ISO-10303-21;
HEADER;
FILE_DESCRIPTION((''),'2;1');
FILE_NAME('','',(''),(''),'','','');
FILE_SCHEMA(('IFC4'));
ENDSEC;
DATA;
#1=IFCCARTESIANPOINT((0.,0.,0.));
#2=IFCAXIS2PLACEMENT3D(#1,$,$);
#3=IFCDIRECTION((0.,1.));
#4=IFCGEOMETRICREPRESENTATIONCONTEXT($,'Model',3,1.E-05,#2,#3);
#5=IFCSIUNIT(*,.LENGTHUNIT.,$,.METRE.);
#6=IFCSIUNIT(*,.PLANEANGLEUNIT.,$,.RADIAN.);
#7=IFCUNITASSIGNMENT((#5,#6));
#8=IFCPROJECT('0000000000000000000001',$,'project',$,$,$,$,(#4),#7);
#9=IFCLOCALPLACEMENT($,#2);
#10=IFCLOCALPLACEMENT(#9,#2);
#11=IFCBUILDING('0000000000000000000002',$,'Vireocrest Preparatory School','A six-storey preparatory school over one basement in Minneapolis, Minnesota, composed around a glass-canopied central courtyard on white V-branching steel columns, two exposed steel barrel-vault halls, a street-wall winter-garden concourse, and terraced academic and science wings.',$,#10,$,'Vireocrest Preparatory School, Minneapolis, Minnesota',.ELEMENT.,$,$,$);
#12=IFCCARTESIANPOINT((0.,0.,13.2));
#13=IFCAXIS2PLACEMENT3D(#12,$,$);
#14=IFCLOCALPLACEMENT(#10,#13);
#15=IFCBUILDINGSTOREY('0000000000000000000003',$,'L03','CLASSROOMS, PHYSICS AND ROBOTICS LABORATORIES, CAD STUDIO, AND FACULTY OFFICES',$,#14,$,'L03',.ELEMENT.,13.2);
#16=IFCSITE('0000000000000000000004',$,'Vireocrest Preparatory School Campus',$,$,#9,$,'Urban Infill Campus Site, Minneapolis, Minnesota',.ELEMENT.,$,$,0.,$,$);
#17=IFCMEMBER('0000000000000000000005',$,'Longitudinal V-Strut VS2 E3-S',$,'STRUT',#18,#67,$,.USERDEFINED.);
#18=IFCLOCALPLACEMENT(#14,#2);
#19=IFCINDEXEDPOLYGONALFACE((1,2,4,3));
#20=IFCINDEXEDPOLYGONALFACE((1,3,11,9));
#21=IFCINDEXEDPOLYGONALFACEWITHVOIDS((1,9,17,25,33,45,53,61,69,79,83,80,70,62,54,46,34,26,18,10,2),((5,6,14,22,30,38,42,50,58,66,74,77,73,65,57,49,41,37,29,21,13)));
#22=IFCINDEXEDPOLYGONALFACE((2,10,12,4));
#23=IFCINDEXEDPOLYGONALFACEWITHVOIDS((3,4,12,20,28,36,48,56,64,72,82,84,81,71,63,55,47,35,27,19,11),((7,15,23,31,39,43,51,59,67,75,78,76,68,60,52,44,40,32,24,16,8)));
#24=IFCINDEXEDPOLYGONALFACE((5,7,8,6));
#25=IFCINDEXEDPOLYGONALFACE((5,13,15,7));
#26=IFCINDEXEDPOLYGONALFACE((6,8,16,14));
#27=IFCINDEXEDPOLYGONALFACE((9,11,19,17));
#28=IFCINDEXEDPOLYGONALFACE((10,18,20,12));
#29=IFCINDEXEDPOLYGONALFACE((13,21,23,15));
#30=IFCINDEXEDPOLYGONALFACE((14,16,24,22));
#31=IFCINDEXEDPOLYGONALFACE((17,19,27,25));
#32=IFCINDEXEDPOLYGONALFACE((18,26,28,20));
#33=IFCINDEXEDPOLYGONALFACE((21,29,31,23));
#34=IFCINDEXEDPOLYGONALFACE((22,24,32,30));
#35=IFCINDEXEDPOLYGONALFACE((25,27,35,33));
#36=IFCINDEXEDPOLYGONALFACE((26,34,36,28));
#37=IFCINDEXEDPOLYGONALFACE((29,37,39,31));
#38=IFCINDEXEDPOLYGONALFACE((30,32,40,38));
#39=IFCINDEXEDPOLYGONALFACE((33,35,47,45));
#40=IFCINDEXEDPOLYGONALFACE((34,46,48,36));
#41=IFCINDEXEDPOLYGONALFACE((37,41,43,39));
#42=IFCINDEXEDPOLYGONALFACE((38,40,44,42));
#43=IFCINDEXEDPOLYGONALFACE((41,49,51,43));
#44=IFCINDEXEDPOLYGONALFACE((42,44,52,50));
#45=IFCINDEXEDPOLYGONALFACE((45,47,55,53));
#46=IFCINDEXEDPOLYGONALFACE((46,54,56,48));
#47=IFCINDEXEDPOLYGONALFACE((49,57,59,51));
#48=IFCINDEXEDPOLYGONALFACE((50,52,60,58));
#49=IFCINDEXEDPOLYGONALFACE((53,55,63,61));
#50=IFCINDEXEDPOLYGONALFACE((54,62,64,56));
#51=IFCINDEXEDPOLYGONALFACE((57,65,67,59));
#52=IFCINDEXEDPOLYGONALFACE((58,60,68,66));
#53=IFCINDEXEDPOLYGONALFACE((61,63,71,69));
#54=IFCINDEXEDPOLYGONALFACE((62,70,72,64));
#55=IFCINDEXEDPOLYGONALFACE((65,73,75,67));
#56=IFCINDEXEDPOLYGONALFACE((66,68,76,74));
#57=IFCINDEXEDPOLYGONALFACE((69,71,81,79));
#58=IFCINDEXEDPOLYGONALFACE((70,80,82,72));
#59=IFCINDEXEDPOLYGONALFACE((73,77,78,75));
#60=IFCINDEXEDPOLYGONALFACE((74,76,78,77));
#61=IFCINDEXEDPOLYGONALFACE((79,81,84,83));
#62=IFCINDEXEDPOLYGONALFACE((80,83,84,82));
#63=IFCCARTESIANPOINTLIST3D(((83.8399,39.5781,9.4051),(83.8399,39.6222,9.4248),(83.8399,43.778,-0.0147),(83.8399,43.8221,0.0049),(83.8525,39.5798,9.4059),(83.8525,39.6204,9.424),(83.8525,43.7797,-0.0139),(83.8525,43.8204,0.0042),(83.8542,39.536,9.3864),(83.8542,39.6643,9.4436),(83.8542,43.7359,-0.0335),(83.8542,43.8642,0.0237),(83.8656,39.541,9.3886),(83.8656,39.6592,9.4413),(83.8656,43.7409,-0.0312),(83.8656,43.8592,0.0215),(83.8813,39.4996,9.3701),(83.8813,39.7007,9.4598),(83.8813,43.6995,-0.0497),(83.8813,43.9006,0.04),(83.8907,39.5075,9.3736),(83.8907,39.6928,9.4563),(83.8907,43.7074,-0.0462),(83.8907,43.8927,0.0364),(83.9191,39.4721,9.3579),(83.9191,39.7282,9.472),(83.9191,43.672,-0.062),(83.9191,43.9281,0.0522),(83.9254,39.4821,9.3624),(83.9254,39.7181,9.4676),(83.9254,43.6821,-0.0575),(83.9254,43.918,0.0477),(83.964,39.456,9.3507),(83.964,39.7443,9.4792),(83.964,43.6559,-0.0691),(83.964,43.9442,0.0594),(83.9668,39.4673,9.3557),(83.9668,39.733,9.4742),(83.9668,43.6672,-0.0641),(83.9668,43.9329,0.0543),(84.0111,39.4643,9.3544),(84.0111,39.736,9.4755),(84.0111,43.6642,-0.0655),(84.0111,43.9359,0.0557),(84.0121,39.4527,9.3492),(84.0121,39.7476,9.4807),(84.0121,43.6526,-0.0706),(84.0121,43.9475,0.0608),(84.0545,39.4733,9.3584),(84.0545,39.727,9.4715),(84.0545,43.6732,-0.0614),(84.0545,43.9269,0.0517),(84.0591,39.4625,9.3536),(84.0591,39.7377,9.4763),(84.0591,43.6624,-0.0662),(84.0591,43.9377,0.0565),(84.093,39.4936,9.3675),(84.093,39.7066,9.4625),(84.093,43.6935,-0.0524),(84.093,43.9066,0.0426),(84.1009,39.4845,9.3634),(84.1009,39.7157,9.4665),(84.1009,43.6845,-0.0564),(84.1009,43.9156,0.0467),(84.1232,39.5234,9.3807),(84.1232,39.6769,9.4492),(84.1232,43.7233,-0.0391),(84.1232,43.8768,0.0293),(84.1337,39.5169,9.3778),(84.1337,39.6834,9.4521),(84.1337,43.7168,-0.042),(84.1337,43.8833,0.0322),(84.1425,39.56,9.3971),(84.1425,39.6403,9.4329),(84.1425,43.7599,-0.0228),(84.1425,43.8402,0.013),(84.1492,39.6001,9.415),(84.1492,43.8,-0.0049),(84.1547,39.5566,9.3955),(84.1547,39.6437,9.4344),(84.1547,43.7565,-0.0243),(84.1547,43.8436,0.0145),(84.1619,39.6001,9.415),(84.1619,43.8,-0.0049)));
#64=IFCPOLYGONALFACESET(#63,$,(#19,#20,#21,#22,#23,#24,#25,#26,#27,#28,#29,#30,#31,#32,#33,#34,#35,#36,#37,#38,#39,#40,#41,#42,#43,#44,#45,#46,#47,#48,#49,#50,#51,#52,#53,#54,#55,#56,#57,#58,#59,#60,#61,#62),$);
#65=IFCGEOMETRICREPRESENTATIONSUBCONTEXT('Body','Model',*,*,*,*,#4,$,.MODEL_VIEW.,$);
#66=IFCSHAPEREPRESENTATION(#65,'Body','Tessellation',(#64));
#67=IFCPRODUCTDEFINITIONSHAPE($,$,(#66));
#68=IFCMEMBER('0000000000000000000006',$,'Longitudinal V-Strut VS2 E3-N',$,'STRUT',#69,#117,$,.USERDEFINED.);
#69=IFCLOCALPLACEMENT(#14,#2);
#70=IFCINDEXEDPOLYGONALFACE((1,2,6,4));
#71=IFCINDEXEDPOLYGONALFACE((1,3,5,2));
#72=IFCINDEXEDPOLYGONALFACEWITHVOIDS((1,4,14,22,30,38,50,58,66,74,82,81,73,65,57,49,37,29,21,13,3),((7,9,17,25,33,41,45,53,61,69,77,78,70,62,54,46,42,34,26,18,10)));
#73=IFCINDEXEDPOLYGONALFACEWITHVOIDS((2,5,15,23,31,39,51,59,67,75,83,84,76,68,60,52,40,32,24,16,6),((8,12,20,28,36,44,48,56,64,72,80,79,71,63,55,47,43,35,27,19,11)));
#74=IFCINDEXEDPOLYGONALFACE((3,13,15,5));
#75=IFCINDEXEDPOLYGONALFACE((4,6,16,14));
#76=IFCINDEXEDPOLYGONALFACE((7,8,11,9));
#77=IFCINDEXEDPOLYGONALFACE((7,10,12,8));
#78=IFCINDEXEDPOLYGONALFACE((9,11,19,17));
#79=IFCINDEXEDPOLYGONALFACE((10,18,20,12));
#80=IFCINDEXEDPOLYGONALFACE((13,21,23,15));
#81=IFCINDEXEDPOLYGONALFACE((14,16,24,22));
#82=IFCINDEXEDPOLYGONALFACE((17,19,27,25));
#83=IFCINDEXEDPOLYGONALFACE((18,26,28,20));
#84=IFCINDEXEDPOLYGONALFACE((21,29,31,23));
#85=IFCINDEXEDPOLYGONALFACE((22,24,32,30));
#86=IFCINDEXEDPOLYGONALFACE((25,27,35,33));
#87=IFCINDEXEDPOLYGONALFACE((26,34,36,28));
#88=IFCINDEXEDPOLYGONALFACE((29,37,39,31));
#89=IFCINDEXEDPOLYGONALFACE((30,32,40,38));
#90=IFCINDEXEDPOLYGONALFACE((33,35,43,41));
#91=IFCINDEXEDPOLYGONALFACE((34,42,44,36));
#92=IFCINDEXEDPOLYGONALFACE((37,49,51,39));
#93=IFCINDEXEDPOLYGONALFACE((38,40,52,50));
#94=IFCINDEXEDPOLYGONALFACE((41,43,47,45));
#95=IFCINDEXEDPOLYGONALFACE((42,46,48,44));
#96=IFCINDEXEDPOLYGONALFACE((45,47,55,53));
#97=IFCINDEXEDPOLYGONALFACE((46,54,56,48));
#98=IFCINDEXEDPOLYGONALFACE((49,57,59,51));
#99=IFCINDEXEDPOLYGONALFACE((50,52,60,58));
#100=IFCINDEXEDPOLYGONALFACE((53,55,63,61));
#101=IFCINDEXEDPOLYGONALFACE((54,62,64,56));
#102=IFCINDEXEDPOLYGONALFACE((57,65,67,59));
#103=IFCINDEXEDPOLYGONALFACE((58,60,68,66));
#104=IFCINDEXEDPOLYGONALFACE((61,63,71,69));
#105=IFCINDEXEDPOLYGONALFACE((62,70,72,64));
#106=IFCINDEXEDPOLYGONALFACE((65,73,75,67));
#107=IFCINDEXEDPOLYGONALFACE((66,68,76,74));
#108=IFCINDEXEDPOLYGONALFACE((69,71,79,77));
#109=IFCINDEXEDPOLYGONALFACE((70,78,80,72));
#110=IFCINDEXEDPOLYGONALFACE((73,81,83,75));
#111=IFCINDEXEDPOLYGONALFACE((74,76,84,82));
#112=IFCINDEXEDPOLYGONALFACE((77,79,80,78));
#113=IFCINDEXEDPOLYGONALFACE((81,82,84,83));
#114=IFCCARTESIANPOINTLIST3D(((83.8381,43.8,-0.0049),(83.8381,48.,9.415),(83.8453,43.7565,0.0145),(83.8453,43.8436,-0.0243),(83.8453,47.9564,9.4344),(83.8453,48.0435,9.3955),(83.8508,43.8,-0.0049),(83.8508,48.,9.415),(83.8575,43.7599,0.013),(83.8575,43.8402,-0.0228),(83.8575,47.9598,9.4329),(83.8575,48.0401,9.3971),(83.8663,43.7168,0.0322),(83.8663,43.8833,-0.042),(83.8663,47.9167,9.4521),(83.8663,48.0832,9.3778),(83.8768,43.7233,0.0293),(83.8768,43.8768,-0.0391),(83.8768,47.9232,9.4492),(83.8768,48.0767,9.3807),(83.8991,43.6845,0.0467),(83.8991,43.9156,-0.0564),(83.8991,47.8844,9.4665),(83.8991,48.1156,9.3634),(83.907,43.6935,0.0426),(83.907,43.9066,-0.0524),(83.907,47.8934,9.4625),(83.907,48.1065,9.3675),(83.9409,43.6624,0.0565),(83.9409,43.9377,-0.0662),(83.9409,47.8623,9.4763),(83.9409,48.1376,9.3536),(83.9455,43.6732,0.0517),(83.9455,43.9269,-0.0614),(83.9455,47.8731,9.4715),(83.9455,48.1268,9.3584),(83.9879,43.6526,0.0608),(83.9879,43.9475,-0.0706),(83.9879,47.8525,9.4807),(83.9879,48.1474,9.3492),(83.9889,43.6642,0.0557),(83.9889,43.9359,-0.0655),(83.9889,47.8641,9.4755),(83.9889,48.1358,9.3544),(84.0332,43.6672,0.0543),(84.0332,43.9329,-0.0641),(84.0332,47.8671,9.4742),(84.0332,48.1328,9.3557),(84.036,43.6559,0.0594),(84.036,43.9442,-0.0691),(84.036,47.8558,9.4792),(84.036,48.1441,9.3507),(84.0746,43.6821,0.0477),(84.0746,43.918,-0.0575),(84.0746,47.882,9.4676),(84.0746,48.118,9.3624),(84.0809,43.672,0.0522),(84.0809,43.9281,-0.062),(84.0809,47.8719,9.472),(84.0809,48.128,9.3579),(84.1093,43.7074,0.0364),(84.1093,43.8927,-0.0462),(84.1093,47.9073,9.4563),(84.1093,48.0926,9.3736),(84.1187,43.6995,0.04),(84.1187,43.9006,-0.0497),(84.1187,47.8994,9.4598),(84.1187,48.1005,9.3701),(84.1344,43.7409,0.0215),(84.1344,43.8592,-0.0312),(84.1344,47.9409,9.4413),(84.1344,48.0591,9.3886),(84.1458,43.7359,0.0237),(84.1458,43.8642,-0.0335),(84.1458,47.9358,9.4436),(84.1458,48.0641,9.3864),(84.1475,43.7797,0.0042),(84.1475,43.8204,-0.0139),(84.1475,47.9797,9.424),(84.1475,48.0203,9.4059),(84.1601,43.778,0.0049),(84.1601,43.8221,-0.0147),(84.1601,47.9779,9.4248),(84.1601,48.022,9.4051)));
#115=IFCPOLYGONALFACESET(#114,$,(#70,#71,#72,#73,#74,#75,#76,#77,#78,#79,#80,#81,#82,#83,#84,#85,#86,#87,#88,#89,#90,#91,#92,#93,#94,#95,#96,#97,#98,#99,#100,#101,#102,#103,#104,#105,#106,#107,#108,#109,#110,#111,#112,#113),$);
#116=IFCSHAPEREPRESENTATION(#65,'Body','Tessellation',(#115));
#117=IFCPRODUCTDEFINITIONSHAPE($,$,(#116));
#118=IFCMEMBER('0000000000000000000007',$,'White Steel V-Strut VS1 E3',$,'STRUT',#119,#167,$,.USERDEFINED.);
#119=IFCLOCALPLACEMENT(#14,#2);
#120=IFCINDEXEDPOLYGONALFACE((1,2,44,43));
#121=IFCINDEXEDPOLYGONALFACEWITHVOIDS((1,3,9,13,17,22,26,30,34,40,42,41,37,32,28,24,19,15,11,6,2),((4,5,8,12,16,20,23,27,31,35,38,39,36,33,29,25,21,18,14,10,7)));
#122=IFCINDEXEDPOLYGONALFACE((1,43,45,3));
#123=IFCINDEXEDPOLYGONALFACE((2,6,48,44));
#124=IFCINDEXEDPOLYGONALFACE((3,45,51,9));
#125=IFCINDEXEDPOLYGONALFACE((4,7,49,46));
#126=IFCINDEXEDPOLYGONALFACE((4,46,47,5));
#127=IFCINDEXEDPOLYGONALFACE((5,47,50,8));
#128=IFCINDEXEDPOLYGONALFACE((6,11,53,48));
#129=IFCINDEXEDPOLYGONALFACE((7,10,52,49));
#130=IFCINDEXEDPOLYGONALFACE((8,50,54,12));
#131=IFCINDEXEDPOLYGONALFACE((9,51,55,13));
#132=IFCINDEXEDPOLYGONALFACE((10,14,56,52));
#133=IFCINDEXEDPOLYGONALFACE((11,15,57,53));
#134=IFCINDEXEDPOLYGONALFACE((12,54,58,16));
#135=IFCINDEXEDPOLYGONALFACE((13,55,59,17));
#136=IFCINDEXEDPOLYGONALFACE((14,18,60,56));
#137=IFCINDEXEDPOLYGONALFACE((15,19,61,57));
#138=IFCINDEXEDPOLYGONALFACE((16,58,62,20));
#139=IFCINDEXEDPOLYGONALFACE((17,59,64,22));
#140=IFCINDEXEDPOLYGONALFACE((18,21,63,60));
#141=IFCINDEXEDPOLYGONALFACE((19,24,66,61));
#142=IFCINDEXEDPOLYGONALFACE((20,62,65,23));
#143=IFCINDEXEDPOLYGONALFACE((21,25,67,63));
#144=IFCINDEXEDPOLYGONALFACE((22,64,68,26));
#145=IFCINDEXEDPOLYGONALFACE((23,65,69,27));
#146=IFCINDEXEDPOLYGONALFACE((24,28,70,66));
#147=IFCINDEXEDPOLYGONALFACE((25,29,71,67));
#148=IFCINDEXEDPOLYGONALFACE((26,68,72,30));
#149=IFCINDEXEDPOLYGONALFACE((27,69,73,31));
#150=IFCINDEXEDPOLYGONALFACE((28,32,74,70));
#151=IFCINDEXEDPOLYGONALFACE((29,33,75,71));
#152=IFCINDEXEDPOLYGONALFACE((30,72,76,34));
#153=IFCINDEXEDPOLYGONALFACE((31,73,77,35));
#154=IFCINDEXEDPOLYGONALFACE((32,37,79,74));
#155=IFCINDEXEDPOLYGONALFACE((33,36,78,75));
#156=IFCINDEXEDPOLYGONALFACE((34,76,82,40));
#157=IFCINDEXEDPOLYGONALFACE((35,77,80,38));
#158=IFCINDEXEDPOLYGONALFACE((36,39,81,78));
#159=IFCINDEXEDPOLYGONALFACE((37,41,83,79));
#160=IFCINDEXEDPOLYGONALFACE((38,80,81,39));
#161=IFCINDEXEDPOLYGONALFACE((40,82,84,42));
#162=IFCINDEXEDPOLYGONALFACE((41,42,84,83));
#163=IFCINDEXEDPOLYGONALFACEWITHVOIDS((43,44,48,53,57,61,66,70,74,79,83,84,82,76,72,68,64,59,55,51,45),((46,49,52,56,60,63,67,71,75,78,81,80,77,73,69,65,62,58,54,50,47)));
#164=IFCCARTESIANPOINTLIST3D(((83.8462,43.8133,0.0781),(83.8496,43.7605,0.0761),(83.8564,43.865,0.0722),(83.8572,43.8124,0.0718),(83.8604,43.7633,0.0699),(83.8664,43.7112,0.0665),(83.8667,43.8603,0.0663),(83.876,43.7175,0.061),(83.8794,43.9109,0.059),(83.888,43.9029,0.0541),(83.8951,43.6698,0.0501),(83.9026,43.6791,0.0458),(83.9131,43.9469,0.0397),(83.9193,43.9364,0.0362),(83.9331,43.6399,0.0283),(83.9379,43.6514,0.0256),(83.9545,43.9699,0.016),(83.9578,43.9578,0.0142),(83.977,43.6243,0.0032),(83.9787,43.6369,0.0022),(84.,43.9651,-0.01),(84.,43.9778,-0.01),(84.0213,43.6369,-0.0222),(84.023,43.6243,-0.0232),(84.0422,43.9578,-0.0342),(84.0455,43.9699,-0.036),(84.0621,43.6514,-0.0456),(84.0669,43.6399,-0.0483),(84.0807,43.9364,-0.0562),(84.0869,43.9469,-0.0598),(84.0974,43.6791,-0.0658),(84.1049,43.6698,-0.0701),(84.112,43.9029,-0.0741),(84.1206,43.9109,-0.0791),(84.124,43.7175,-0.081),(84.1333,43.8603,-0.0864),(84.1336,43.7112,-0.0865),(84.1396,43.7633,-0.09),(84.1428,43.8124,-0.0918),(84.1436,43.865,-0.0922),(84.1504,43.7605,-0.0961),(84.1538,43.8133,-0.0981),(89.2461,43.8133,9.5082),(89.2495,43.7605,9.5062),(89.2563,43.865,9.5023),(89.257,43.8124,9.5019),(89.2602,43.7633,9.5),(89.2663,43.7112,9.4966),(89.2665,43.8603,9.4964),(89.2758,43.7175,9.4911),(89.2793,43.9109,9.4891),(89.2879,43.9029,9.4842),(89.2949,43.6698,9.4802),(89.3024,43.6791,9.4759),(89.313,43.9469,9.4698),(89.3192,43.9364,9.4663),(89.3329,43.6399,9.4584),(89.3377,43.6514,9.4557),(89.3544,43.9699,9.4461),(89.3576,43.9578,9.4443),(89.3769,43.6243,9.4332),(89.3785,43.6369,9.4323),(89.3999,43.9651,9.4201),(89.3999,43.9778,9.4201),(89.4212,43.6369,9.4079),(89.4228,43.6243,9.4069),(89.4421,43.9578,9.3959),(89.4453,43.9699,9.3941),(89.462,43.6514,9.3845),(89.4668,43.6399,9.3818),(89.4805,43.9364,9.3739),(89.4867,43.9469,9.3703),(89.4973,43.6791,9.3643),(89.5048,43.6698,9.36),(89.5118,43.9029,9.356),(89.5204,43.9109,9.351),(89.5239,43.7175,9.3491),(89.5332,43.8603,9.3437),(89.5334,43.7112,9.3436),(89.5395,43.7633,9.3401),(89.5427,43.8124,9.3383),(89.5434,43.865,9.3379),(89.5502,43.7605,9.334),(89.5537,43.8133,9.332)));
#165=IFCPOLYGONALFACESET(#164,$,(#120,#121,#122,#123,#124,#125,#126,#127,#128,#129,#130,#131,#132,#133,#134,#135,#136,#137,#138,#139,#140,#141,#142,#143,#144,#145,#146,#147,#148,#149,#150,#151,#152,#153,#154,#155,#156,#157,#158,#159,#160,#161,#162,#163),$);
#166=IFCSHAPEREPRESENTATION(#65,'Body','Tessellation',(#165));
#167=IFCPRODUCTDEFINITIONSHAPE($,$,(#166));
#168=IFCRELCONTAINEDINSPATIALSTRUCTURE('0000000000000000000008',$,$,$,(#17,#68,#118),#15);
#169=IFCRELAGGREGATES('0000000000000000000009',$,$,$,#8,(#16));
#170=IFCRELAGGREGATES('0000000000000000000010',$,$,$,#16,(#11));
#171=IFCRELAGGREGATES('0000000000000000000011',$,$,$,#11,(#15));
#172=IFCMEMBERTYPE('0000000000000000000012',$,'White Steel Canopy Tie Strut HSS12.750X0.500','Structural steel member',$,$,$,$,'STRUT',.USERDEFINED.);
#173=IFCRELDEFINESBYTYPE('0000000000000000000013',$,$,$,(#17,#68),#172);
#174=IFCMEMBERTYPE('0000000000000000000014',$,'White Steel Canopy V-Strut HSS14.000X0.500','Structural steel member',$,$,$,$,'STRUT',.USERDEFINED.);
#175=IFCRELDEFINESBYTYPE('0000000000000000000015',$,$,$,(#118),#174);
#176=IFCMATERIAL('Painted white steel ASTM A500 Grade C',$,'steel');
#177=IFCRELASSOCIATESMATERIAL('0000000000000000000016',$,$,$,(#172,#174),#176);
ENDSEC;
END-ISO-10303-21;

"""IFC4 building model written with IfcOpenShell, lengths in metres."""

from ifc_helpers import new_model, si_unit, direction, frame, origin, origin_2d, place, context, subcontext, project, spatial, hollow_circle, extrude, material, material_profile, profile_set, type_object, element, save


model = new_model("IFC4")

# Units and contexts
model_context = context("Model", 3, precision=1e-05, world=origin(), true_north=direction((0.0, 1.0)))
body_context = subcontext(model_context, "Body", "Model", "MODEL_VIEW")
ifc_project = project(units=[si_unit("LENGTHUNIT", "METRE"), si_unit("PLANEANGLEUNIT", "RADIAN")], contexts=[model_context])

# Site, building, storey
site_placement = place(None, origin())
site = spatial("IfcSite", under=ifc_project, at=site_placement, Name="Vireocrest Preparatory School Campus", LongName="Urban Infill Campus Site, Minneapolis, Minnesota", CompositionType="ELEMENT", RefElevation=0.0)
building_placement = place(site_placement, origin())
building = spatial("IfcBuilding", under=site, at=building_placement, Name="Vireocrest Preparatory School", Description="A six-storey preparatory school over one basement in Minneapolis, Minnesota, composed around a glass-canopied central courtyard on white V-branching steel columns, two exposed steel barrel-vault halls, a street-wall winter-garden concourse, and terraced academic and science wings.", LongName="Vireocrest Preparatory School, Minneapolis, Minnesota", CompositionType="ELEMENT")
storey_placement = place(building_placement, frame((0.0, 0.0, 13.2)))
storey = spatial("IfcBuildingStorey", under=building, at=storey_placement, Name="L03", Description="CLASSROOMS, PHYSICS AND ROBOTICS LABORATORIES, CAD STUDIO, AND FACULTY OFFICES", LongName="L03", CompositionType="ELEMENT", Elevation=13.2)

# Members
ifc_material_1 = material(Name="Painted white steel ASTM A500 Grade C", Category="steel")
ifc_material_profile_1 = material_profile(ifc_material_1, hollow_circle(Radius=0.1619, WallThickness=0.0127, at=origin_2d()), Name="HSS12.750X0.500")
ifc_profile_set_1 = profile_set([ifc_material_profile_1], Name="Painted white steel ASTM A500 Grade C")
member_type_1 = type_object("IfcMemberType", Name="White Steel Canopy Tie Strut HSS12.750X0.500", Description="Structural steel member", ElementType="STRUT", PredefinedType="USERDEFINED", material=ifc_profile_set_1)
for number, where, z_axis, x_axis, name in (
    (1, (84.0, 43.8, -0.0049), (0.0, -0.407217, 0.913332), (1.0, 0.0, 0.0), "Longitudinal V-Strut VS2 E3-S"),
    (2, (84.0, 43.8, -0.0049), (0.0, 0.407217, 0.913332), (-1.0, 0.0, 0.0), "Longitudinal V-Strut VS2 E3-N"),
):
    element("IfcMember", number, at=place(storey_placement, frame(where, z_axis=z_axis, x_axis=x_axis)), inside=storey, type_object=member_type_1, Name=name, ObjectType="STRUT", PredefinedType="USERDEFINED", context=body_context, shape_type="SweptSolid", body=[
        extrude(hollow_circle(Radius=0.1619, WallThickness=0.0127, at=origin_2d()), origin(), (0.0, 0.0, 1.0), 10.3137),
    ])
ifc_material_profile_2 = material_profile(ifc_material_1, hollow_circle(Radius=0.1777, WallThickness=0.0127, at=origin_2d()), Name="HSS14.000X0.500")
ifc_profile_set_2 = profile_set([ifc_material_profile_2], Name="Painted white steel ASTM A500 Grade C")
member_type_2 = type_object("IfcMemberType", Name="White Steel Canopy V-Strut HSS14.000X0.500", Description="Structural steel member", ElementType="STRUT", PredefinedType="USERDEFINED", material=ifc_profile_set_2)
member_1_placement = place(storey_placement, frame((84.0, 43.8, -0.01), z_axis=(0.496918, 0.0, 0.867798), x_axis=(0.0, 1.0, 0.0)))
element("IfcMember", 3, at=member_1_placement, inside=storey, type_object=member_type_2, Name="White Steel V-Strut VS1 E3", ObjectType="STRUT", PredefinedType="USERDEFINED", context=body_context, shape_type="SweptSolid", body=[
    extrude(hollow_circle(Radius=0.1777, WallThickness=0.0127, at=origin_2d()), origin(), (0.0, 0.0, 1.0), 10.8667),
])

save(model, "model.ifc")
